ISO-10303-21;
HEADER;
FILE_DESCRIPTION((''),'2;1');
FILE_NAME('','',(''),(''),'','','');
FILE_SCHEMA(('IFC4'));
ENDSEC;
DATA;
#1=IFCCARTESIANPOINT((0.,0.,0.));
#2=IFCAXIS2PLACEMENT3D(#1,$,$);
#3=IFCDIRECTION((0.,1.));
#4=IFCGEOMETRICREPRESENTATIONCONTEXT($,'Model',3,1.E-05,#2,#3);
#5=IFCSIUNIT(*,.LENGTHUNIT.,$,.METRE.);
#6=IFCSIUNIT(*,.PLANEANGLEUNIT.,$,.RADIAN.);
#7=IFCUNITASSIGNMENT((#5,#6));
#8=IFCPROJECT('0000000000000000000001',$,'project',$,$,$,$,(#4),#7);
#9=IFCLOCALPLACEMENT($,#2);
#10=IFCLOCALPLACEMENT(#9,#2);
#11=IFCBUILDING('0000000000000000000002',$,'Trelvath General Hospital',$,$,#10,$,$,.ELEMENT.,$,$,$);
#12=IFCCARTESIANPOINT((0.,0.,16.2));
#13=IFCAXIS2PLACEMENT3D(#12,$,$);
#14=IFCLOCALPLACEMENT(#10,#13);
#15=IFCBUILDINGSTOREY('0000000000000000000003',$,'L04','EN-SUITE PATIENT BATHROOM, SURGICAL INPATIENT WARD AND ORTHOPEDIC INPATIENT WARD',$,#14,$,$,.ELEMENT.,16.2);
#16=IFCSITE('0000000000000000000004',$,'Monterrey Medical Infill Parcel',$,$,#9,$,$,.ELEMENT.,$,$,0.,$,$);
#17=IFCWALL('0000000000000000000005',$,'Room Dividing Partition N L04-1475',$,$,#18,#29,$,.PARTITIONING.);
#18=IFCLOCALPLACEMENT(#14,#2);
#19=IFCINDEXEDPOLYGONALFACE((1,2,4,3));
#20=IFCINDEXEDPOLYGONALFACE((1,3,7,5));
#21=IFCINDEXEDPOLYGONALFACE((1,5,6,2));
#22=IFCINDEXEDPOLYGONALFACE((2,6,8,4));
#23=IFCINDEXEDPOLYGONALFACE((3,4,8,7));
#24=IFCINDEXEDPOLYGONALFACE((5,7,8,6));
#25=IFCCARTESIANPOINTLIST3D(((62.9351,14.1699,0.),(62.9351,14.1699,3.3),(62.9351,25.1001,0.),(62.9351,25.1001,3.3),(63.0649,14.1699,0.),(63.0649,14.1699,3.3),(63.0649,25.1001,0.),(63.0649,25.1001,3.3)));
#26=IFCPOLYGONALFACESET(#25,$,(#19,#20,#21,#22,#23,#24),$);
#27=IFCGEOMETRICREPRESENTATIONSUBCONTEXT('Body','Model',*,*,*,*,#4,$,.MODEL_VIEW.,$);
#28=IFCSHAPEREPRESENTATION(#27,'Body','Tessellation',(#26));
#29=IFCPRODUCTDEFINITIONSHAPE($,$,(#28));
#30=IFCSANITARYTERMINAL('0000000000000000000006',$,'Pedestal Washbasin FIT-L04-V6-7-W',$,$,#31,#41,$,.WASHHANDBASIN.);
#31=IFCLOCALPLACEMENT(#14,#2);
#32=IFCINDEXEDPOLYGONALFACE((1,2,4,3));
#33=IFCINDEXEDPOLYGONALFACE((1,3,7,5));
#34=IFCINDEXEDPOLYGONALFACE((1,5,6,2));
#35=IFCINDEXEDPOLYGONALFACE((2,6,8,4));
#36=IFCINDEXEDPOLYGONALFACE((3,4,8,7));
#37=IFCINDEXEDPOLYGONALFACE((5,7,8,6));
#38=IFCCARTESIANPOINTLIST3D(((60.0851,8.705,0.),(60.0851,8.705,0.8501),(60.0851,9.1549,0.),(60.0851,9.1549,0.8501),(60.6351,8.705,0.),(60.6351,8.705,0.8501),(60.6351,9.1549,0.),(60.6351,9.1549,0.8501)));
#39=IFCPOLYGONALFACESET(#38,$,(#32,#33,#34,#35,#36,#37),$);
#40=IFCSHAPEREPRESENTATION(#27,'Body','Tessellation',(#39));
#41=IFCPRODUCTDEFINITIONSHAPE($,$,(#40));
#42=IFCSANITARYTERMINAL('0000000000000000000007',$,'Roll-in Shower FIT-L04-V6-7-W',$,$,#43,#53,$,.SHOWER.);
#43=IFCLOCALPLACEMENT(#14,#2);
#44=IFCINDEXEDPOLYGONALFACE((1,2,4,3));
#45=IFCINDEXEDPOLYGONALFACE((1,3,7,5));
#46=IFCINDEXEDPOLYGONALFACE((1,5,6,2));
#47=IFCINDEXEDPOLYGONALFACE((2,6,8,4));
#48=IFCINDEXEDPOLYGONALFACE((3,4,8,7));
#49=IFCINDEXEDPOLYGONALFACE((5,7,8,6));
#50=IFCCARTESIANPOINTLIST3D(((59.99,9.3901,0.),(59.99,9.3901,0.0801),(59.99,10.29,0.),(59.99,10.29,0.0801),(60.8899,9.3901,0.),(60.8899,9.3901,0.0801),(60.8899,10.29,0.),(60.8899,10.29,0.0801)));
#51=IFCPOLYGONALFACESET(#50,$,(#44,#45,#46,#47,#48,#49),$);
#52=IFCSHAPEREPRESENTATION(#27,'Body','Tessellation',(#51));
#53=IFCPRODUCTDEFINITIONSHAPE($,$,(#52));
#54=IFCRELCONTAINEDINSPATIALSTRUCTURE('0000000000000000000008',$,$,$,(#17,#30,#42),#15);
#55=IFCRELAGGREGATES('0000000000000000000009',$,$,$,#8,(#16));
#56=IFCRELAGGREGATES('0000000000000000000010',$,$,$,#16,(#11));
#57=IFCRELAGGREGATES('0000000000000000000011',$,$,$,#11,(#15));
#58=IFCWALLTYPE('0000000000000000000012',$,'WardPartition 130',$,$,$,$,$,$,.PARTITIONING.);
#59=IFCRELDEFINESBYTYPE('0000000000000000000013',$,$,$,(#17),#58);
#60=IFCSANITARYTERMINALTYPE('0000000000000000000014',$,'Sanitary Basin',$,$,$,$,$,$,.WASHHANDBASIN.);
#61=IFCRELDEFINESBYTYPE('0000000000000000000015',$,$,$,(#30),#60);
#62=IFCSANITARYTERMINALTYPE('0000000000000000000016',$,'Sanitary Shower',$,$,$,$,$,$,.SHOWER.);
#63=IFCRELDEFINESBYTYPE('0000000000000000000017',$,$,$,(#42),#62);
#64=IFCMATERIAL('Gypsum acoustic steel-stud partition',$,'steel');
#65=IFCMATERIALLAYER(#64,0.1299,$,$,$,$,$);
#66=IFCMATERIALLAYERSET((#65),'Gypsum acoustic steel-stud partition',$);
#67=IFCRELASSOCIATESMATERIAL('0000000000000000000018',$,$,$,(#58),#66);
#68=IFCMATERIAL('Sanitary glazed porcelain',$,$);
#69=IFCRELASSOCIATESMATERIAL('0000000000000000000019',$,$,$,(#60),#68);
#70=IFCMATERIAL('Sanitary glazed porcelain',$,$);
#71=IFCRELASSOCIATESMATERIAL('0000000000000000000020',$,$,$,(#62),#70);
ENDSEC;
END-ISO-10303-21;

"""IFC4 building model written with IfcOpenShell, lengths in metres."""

from ifc_helpers import new_model, si_unit, direction, frame, frame_2d, origin, origin_2d, place, context, subcontext, project, spatial, rectangle, extrude, material, layer, layer_set, type_object, element, save


model = new_model("IFC4")

# Units and contexts
model_context = context("Model", 3, precision=1e-05, world=origin(), true_north=direction((0.0, 1.0)))
body_context = subcontext(model_context, "Body", "Model", "MODEL_VIEW")
ifc_project = project(units=[si_unit("LENGTHUNIT", "METRE"), si_unit("PLANEANGLEUNIT", "RADIAN")], contexts=[model_context])

# Site, building, storey
site_placement = place(None, origin())
site = spatial("IfcSite", under=ifc_project, at=site_placement, Name="Monterrey Medical Infill Parcel", CompositionType="ELEMENT", RefElevation=0.0)
building_placement = place(site_placement, origin())
building = spatial("IfcBuilding", under=site, at=building_placement, Name="Trelvath General Hospital", CompositionType="ELEMENT")
storey_placement = place(building_placement, frame((0.0, 0.0, 16.2)))
storey = spatial("IfcBuildingStorey", under=building, at=storey_placement, Name="L04", Description="EN-SUITE PATIENT BATHROOM, SURGICAL INPATIENT WARD AND ORTHOPEDIC INPATIENT WARD", CompositionType="ELEMENT", Elevation=16.2)

# Wall
ifc_material_1 = material(Name="Gypsum acoustic steel-stud partition", Category="steel")
ifc_layer_1 = layer(ifc_material_1, 0.1299)
ifc_layer_set_1 = layer_set([ifc_layer_1], Name="Gypsum acoustic steel-stud partition")
wall_type_1 = type_object("IfcWallType", Name="WardPartition 130", PredefinedType="PARTITIONING", material=ifc_layer_set_1)
wall_1_placement = place(storey_placement, frame((63.0, 14.1699, 0.0), z_axis=(0.0, 0.0, 1.0), x_axis=(0.0, 1.0, 0.0)))
element("IfcWall", 1, at=wall_1_placement, inside=storey, type_object=wall_type_1, Name="Room Dividing Partition N L04-1475", PredefinedType="PARTITIONING", context=body_context, shape_type="SweptSolid", body=[
    extrude(rectangle(XDim=10.9302, YDim=0.1299, at=frame_2d((5.4651, 0.0))), origin(), (0.0, 0.0, 1.0), 3.3),
])

# Sanitary terminals
ifc_material_2 = material(Name="Sanitary glazed porcelain")
sanitary_terminal_type_1 = type_object("IfcSanitaryTerminalType", Name="Sanitary Basin", PredefinedType="WASHHANDBASIN", material=ifc_material_2)
sanitary_terminal_1_placement = place(storey_placement, frame((60.3601, 8.9299, 0.0), z_axis=(0.0, 0.0, 1.0), x_axis=(1.0, 0.0, 0.0)))
element("IfcSanitaryTerminal", 2, at=sanitary_terminal_1_placement, inside=storey, type_object=sanitary_terminal_type_1, Name="Pedestal Washbasin FIT-L04-V6-7-W", PredefinedType="WASHHANDBASIN", context=body_context, shape_type="SweptSolid", body=[
    extrude(rectangle(XDim=0.55, YDim=0.45, at=origin_2d()), origin(), (0.0, 0.0, 1.0), 0.8501),
])
ifc_material_3 = material(Name="Sanitary glazed porcelain")
sanitary_terminal_type_2 = type_object("IfcSanitaryTerminalType", Name="Sanitary Shower", PredefinedType="SHOWER", material=ifc_material_3)
sanitary_terminal_2_placement = place(storey_placement, frame((60.4399, 9.8401, 0.0), z_axis=(0.0, 0.0, 1.0), x_axis=(1.0, 0.0, 0.0)))
element("IfcSanitaryTerminal", 3, at=sanitary_terminal_2_placement, inside=storey, type_object=sanitary_terminal_type_2, Name="Roll-in Shower FIT-L04-V6-7-W", PredefinedType="SHOWER", context=body_context, shape_type="SweptSolid", body=[
    extrude(rectangle(XDim=0.8999, YDim=0.8999, at=origin_2d()), origin(), (0.0, 0.0, 1.0), 0.0801),
])

save(model, "model.ifc")
